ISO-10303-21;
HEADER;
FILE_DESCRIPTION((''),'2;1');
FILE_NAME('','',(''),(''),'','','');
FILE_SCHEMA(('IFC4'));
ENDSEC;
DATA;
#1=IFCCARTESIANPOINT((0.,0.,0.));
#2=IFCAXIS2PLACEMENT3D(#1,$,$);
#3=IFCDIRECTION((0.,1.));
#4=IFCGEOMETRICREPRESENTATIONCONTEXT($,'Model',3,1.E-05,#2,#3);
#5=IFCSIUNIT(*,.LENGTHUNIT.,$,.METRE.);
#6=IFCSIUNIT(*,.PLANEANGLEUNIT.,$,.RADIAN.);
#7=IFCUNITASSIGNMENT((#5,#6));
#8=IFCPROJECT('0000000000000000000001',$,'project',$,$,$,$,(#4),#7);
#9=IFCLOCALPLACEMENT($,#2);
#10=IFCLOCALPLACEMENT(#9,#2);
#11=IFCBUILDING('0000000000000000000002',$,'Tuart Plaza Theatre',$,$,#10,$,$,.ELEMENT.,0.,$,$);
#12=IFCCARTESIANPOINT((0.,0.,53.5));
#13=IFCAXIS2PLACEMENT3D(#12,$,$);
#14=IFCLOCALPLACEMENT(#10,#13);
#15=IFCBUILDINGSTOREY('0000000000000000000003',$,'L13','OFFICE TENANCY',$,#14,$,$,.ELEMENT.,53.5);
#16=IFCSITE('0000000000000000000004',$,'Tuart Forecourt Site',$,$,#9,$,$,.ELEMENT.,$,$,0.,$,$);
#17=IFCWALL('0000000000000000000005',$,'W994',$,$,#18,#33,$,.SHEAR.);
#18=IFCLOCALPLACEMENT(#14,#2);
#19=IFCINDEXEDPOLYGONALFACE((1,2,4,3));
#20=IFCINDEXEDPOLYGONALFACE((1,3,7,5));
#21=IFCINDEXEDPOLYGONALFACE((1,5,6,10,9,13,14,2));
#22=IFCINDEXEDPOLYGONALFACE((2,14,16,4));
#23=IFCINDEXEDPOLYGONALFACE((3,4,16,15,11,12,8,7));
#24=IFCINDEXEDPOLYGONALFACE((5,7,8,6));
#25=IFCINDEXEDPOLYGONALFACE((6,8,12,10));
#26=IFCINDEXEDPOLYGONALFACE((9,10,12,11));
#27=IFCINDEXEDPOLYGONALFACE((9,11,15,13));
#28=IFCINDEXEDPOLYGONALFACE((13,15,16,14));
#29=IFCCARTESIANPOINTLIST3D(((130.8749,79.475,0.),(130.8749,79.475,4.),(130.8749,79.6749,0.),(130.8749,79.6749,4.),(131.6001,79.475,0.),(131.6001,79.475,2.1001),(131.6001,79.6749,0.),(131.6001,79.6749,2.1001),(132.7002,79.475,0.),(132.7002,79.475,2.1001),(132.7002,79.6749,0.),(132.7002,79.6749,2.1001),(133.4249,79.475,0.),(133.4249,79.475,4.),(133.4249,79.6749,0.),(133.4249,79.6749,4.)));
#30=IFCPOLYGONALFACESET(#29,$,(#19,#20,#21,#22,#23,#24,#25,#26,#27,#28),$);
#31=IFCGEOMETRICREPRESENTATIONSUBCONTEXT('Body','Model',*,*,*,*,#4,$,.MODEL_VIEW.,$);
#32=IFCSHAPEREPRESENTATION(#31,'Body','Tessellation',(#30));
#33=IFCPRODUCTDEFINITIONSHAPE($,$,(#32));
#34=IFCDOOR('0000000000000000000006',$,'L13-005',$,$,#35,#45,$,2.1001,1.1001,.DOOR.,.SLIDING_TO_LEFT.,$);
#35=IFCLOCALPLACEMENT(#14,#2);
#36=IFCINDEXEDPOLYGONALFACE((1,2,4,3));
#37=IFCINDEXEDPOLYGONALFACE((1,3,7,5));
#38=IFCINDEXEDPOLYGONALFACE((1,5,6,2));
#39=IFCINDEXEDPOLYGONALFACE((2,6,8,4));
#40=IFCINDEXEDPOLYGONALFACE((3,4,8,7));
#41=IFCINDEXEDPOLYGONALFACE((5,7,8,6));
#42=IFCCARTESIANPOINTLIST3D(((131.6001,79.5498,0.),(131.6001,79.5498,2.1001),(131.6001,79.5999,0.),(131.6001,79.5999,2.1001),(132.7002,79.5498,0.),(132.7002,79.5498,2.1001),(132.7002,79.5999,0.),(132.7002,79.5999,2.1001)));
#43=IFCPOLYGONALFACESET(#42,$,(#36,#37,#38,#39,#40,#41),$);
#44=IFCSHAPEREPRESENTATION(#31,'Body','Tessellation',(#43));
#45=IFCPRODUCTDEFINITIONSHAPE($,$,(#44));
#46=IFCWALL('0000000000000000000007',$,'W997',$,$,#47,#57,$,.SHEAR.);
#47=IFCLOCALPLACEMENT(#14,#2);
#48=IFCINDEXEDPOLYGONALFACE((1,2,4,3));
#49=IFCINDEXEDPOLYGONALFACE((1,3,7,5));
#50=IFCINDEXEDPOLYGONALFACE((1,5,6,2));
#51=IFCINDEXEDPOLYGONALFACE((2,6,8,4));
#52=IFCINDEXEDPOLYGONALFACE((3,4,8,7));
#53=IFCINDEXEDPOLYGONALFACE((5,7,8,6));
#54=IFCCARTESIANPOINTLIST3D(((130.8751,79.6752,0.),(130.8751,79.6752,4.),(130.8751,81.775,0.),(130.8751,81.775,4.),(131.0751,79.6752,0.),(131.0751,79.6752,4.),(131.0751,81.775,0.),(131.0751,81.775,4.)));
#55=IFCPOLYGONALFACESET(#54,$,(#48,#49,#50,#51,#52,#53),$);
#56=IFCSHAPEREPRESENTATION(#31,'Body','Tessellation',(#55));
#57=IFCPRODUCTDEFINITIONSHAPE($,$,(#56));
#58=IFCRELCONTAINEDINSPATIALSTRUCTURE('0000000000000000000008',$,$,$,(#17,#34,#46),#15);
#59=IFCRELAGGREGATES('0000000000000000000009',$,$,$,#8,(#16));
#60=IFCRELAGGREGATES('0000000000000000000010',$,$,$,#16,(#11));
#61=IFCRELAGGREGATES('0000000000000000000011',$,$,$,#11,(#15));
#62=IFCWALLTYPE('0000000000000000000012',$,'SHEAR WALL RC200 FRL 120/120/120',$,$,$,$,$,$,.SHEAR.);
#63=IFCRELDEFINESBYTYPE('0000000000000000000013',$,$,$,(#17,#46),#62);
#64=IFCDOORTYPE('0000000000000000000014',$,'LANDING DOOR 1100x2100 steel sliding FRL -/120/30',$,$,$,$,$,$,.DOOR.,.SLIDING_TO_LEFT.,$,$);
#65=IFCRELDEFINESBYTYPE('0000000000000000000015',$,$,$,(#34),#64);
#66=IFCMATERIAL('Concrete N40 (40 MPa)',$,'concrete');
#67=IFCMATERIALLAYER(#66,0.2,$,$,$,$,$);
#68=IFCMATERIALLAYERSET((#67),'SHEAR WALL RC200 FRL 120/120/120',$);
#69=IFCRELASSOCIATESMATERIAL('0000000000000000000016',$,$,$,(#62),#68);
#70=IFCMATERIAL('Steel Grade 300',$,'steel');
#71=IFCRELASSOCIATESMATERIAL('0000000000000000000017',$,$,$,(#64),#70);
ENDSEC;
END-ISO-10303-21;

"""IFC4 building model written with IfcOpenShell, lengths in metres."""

from ifc_helpers import new_model, si_unit, direction, frame, frame_2d, origin, place, context, subcontext, project, spatial, rectangle, extrude, material, layer, layer_set, type_object, element, fill, save


model = new_model("IFC4")

# Units and contexts
model_context = context("Model", 3, precision=1e-05, world=origin(), true_north=direction((0.0, 1.0)))
body_context = subcontext(model_context, "Body", "Model", "MODEL_VIEW")
ifc_project = project(units=[si_unit("LENGTHUNIT", "METRE"), si_unit("PLANEANGLEUNIT", "RADIAN")], contexts=[model_context])

# Site, building, storey
site_placement = place(None, origin())
site = spatial("IfcSite", under=ifc_project, at=site_placement, Name="Tuart Forecourt Site", CompositionType="ELEMENT", RefElevation=0.0)
building_placement = place(site_placement, origin())
building = spatial("IfcBuilding", under=site, at=building_placement, Name="Tuart Plaza Theatre", CompositionType="ELEMENT", ElevationOfRefHeight=0.0)
storey_placement = place(building_placement, frame((0.0, 0.0, 53.5)))
storey = spatial("IfcBuildingStorey", under=building, at=storey_placement, Name="L13", Description="OFFICE TENANCY", CompositionType="ELEMENT", Elevation=53.5)

# Shared definitions
ifc_material_1 = material(Name="Concrete N40 (40 MPa)", Category="concrete")
ifc_layer_1 = layer(ifc_material_1, 0.2)
ifc_layer_set_1 = layer_set([ifc_layer_1], Name="SHEAR WALL RC200 FRL 120/120/120")
wall_type_1 = type_object("IfcWallType", Name="SHEAR WALL RC200 FRL 120/120/120", PredefinedType="SHEAR", material=ifc_layer_set_1)
ifc_material_2 = material(Name="Steel Grade 300", Category="steel")
door_type_1 = type_object("IfcDoorType", Name="LANDING DOOR 1100x2100 steel sliding FRL -/120/30", OperationType="SLIDING_TO_LEFT", PredefinedType="DOOR", material=ifc_material_2)

# Wall, opening, door
wall_1_placement = place(storey_placement, frame((130.875, 79.575, 0.0), z_axis=(0.0, 0.0, 1.0), x_axis=(1.0, 0.0, 0.0)))
wall_1 = element("IfcWall", 1, at=wall_1_placement, inside=storey, type_object=wall_type_1, Name="W994", PredefinedType="SHEAR", context=body_context, shape_type="SweptSolid", body=[
    extrude(rectangle(XDim=2.55, YDim=0.2, at=frame_2d((1.2749, 0.0))), origin(), (0.0, 0.0, 1.0), 4.0),
])
opening_1_placement = place(wall_1_placement, frame((0.7251, 0.0, 0.0)))
opening_1 = element("IfcOpeningElement", 2, at=opening_1_placement, cuts=wall_1, PredefinedType="OPENING", context=body_context, shape_type="SweptSolid", body=[
    extrude(rectangle(XDim=1.1001, YDim=2.1001, at=frame_2d((0.55, 1.05))), frame((0.0, 0.1099, 0.0), z_axis=(0.0, -1.0, 0.0), x_axis=(1.0, 0.0, 0.0)), (0.0, 0.0, 1.0), 0.22),
])
door_1_placement = place(opening_1_placement, origin())
door_1 = element("IfcDoor", 3, at=door_1_placement, inside=storey, type_object=door_type_1, Name="L13-005", OperationType="SLIDING_TO_LEFT", OverallHeight=2.1001, OverallWidth=1.1001, PredefinedType="DOOR", context=body_context, shape_type="SweptSolid", body=[
    extrude(rectangle(XDim=1.1001, YDim=2.1001, at=frame_2d((0.55, 1.05))), frame((0.0, 0.0249, 0.0), z_axis=(0.0, -1.0, 0.0), x_axis=(1.0, 0.0, 0.0)), (0.0, 0.0, 1.0), 0.05),
])
fill(opening_1, door_1)

# Wall
wall_2_placement = place(storey_placement, frame((130.9751, 81.7749, 0.0), z_axis=(0.0, 0.0, 1.0), x_axis=(0.0, -1.0, 0.0)))
element("IfcWall", 4, at=wall_2_placement, inside=storey, type_object=wall_type_1, Name="W997", PredefinedType="SHEAR", context=body_context, shape_type="SweptSolid", body=[
    extrude(rectangle(XDim=2.0999, YDim=0.2, at=frame_2d((1.0498, 0.0))), origin(), (0.0, 0.0, 1.0), 4.0),
])

save(model, "model.ifc")
